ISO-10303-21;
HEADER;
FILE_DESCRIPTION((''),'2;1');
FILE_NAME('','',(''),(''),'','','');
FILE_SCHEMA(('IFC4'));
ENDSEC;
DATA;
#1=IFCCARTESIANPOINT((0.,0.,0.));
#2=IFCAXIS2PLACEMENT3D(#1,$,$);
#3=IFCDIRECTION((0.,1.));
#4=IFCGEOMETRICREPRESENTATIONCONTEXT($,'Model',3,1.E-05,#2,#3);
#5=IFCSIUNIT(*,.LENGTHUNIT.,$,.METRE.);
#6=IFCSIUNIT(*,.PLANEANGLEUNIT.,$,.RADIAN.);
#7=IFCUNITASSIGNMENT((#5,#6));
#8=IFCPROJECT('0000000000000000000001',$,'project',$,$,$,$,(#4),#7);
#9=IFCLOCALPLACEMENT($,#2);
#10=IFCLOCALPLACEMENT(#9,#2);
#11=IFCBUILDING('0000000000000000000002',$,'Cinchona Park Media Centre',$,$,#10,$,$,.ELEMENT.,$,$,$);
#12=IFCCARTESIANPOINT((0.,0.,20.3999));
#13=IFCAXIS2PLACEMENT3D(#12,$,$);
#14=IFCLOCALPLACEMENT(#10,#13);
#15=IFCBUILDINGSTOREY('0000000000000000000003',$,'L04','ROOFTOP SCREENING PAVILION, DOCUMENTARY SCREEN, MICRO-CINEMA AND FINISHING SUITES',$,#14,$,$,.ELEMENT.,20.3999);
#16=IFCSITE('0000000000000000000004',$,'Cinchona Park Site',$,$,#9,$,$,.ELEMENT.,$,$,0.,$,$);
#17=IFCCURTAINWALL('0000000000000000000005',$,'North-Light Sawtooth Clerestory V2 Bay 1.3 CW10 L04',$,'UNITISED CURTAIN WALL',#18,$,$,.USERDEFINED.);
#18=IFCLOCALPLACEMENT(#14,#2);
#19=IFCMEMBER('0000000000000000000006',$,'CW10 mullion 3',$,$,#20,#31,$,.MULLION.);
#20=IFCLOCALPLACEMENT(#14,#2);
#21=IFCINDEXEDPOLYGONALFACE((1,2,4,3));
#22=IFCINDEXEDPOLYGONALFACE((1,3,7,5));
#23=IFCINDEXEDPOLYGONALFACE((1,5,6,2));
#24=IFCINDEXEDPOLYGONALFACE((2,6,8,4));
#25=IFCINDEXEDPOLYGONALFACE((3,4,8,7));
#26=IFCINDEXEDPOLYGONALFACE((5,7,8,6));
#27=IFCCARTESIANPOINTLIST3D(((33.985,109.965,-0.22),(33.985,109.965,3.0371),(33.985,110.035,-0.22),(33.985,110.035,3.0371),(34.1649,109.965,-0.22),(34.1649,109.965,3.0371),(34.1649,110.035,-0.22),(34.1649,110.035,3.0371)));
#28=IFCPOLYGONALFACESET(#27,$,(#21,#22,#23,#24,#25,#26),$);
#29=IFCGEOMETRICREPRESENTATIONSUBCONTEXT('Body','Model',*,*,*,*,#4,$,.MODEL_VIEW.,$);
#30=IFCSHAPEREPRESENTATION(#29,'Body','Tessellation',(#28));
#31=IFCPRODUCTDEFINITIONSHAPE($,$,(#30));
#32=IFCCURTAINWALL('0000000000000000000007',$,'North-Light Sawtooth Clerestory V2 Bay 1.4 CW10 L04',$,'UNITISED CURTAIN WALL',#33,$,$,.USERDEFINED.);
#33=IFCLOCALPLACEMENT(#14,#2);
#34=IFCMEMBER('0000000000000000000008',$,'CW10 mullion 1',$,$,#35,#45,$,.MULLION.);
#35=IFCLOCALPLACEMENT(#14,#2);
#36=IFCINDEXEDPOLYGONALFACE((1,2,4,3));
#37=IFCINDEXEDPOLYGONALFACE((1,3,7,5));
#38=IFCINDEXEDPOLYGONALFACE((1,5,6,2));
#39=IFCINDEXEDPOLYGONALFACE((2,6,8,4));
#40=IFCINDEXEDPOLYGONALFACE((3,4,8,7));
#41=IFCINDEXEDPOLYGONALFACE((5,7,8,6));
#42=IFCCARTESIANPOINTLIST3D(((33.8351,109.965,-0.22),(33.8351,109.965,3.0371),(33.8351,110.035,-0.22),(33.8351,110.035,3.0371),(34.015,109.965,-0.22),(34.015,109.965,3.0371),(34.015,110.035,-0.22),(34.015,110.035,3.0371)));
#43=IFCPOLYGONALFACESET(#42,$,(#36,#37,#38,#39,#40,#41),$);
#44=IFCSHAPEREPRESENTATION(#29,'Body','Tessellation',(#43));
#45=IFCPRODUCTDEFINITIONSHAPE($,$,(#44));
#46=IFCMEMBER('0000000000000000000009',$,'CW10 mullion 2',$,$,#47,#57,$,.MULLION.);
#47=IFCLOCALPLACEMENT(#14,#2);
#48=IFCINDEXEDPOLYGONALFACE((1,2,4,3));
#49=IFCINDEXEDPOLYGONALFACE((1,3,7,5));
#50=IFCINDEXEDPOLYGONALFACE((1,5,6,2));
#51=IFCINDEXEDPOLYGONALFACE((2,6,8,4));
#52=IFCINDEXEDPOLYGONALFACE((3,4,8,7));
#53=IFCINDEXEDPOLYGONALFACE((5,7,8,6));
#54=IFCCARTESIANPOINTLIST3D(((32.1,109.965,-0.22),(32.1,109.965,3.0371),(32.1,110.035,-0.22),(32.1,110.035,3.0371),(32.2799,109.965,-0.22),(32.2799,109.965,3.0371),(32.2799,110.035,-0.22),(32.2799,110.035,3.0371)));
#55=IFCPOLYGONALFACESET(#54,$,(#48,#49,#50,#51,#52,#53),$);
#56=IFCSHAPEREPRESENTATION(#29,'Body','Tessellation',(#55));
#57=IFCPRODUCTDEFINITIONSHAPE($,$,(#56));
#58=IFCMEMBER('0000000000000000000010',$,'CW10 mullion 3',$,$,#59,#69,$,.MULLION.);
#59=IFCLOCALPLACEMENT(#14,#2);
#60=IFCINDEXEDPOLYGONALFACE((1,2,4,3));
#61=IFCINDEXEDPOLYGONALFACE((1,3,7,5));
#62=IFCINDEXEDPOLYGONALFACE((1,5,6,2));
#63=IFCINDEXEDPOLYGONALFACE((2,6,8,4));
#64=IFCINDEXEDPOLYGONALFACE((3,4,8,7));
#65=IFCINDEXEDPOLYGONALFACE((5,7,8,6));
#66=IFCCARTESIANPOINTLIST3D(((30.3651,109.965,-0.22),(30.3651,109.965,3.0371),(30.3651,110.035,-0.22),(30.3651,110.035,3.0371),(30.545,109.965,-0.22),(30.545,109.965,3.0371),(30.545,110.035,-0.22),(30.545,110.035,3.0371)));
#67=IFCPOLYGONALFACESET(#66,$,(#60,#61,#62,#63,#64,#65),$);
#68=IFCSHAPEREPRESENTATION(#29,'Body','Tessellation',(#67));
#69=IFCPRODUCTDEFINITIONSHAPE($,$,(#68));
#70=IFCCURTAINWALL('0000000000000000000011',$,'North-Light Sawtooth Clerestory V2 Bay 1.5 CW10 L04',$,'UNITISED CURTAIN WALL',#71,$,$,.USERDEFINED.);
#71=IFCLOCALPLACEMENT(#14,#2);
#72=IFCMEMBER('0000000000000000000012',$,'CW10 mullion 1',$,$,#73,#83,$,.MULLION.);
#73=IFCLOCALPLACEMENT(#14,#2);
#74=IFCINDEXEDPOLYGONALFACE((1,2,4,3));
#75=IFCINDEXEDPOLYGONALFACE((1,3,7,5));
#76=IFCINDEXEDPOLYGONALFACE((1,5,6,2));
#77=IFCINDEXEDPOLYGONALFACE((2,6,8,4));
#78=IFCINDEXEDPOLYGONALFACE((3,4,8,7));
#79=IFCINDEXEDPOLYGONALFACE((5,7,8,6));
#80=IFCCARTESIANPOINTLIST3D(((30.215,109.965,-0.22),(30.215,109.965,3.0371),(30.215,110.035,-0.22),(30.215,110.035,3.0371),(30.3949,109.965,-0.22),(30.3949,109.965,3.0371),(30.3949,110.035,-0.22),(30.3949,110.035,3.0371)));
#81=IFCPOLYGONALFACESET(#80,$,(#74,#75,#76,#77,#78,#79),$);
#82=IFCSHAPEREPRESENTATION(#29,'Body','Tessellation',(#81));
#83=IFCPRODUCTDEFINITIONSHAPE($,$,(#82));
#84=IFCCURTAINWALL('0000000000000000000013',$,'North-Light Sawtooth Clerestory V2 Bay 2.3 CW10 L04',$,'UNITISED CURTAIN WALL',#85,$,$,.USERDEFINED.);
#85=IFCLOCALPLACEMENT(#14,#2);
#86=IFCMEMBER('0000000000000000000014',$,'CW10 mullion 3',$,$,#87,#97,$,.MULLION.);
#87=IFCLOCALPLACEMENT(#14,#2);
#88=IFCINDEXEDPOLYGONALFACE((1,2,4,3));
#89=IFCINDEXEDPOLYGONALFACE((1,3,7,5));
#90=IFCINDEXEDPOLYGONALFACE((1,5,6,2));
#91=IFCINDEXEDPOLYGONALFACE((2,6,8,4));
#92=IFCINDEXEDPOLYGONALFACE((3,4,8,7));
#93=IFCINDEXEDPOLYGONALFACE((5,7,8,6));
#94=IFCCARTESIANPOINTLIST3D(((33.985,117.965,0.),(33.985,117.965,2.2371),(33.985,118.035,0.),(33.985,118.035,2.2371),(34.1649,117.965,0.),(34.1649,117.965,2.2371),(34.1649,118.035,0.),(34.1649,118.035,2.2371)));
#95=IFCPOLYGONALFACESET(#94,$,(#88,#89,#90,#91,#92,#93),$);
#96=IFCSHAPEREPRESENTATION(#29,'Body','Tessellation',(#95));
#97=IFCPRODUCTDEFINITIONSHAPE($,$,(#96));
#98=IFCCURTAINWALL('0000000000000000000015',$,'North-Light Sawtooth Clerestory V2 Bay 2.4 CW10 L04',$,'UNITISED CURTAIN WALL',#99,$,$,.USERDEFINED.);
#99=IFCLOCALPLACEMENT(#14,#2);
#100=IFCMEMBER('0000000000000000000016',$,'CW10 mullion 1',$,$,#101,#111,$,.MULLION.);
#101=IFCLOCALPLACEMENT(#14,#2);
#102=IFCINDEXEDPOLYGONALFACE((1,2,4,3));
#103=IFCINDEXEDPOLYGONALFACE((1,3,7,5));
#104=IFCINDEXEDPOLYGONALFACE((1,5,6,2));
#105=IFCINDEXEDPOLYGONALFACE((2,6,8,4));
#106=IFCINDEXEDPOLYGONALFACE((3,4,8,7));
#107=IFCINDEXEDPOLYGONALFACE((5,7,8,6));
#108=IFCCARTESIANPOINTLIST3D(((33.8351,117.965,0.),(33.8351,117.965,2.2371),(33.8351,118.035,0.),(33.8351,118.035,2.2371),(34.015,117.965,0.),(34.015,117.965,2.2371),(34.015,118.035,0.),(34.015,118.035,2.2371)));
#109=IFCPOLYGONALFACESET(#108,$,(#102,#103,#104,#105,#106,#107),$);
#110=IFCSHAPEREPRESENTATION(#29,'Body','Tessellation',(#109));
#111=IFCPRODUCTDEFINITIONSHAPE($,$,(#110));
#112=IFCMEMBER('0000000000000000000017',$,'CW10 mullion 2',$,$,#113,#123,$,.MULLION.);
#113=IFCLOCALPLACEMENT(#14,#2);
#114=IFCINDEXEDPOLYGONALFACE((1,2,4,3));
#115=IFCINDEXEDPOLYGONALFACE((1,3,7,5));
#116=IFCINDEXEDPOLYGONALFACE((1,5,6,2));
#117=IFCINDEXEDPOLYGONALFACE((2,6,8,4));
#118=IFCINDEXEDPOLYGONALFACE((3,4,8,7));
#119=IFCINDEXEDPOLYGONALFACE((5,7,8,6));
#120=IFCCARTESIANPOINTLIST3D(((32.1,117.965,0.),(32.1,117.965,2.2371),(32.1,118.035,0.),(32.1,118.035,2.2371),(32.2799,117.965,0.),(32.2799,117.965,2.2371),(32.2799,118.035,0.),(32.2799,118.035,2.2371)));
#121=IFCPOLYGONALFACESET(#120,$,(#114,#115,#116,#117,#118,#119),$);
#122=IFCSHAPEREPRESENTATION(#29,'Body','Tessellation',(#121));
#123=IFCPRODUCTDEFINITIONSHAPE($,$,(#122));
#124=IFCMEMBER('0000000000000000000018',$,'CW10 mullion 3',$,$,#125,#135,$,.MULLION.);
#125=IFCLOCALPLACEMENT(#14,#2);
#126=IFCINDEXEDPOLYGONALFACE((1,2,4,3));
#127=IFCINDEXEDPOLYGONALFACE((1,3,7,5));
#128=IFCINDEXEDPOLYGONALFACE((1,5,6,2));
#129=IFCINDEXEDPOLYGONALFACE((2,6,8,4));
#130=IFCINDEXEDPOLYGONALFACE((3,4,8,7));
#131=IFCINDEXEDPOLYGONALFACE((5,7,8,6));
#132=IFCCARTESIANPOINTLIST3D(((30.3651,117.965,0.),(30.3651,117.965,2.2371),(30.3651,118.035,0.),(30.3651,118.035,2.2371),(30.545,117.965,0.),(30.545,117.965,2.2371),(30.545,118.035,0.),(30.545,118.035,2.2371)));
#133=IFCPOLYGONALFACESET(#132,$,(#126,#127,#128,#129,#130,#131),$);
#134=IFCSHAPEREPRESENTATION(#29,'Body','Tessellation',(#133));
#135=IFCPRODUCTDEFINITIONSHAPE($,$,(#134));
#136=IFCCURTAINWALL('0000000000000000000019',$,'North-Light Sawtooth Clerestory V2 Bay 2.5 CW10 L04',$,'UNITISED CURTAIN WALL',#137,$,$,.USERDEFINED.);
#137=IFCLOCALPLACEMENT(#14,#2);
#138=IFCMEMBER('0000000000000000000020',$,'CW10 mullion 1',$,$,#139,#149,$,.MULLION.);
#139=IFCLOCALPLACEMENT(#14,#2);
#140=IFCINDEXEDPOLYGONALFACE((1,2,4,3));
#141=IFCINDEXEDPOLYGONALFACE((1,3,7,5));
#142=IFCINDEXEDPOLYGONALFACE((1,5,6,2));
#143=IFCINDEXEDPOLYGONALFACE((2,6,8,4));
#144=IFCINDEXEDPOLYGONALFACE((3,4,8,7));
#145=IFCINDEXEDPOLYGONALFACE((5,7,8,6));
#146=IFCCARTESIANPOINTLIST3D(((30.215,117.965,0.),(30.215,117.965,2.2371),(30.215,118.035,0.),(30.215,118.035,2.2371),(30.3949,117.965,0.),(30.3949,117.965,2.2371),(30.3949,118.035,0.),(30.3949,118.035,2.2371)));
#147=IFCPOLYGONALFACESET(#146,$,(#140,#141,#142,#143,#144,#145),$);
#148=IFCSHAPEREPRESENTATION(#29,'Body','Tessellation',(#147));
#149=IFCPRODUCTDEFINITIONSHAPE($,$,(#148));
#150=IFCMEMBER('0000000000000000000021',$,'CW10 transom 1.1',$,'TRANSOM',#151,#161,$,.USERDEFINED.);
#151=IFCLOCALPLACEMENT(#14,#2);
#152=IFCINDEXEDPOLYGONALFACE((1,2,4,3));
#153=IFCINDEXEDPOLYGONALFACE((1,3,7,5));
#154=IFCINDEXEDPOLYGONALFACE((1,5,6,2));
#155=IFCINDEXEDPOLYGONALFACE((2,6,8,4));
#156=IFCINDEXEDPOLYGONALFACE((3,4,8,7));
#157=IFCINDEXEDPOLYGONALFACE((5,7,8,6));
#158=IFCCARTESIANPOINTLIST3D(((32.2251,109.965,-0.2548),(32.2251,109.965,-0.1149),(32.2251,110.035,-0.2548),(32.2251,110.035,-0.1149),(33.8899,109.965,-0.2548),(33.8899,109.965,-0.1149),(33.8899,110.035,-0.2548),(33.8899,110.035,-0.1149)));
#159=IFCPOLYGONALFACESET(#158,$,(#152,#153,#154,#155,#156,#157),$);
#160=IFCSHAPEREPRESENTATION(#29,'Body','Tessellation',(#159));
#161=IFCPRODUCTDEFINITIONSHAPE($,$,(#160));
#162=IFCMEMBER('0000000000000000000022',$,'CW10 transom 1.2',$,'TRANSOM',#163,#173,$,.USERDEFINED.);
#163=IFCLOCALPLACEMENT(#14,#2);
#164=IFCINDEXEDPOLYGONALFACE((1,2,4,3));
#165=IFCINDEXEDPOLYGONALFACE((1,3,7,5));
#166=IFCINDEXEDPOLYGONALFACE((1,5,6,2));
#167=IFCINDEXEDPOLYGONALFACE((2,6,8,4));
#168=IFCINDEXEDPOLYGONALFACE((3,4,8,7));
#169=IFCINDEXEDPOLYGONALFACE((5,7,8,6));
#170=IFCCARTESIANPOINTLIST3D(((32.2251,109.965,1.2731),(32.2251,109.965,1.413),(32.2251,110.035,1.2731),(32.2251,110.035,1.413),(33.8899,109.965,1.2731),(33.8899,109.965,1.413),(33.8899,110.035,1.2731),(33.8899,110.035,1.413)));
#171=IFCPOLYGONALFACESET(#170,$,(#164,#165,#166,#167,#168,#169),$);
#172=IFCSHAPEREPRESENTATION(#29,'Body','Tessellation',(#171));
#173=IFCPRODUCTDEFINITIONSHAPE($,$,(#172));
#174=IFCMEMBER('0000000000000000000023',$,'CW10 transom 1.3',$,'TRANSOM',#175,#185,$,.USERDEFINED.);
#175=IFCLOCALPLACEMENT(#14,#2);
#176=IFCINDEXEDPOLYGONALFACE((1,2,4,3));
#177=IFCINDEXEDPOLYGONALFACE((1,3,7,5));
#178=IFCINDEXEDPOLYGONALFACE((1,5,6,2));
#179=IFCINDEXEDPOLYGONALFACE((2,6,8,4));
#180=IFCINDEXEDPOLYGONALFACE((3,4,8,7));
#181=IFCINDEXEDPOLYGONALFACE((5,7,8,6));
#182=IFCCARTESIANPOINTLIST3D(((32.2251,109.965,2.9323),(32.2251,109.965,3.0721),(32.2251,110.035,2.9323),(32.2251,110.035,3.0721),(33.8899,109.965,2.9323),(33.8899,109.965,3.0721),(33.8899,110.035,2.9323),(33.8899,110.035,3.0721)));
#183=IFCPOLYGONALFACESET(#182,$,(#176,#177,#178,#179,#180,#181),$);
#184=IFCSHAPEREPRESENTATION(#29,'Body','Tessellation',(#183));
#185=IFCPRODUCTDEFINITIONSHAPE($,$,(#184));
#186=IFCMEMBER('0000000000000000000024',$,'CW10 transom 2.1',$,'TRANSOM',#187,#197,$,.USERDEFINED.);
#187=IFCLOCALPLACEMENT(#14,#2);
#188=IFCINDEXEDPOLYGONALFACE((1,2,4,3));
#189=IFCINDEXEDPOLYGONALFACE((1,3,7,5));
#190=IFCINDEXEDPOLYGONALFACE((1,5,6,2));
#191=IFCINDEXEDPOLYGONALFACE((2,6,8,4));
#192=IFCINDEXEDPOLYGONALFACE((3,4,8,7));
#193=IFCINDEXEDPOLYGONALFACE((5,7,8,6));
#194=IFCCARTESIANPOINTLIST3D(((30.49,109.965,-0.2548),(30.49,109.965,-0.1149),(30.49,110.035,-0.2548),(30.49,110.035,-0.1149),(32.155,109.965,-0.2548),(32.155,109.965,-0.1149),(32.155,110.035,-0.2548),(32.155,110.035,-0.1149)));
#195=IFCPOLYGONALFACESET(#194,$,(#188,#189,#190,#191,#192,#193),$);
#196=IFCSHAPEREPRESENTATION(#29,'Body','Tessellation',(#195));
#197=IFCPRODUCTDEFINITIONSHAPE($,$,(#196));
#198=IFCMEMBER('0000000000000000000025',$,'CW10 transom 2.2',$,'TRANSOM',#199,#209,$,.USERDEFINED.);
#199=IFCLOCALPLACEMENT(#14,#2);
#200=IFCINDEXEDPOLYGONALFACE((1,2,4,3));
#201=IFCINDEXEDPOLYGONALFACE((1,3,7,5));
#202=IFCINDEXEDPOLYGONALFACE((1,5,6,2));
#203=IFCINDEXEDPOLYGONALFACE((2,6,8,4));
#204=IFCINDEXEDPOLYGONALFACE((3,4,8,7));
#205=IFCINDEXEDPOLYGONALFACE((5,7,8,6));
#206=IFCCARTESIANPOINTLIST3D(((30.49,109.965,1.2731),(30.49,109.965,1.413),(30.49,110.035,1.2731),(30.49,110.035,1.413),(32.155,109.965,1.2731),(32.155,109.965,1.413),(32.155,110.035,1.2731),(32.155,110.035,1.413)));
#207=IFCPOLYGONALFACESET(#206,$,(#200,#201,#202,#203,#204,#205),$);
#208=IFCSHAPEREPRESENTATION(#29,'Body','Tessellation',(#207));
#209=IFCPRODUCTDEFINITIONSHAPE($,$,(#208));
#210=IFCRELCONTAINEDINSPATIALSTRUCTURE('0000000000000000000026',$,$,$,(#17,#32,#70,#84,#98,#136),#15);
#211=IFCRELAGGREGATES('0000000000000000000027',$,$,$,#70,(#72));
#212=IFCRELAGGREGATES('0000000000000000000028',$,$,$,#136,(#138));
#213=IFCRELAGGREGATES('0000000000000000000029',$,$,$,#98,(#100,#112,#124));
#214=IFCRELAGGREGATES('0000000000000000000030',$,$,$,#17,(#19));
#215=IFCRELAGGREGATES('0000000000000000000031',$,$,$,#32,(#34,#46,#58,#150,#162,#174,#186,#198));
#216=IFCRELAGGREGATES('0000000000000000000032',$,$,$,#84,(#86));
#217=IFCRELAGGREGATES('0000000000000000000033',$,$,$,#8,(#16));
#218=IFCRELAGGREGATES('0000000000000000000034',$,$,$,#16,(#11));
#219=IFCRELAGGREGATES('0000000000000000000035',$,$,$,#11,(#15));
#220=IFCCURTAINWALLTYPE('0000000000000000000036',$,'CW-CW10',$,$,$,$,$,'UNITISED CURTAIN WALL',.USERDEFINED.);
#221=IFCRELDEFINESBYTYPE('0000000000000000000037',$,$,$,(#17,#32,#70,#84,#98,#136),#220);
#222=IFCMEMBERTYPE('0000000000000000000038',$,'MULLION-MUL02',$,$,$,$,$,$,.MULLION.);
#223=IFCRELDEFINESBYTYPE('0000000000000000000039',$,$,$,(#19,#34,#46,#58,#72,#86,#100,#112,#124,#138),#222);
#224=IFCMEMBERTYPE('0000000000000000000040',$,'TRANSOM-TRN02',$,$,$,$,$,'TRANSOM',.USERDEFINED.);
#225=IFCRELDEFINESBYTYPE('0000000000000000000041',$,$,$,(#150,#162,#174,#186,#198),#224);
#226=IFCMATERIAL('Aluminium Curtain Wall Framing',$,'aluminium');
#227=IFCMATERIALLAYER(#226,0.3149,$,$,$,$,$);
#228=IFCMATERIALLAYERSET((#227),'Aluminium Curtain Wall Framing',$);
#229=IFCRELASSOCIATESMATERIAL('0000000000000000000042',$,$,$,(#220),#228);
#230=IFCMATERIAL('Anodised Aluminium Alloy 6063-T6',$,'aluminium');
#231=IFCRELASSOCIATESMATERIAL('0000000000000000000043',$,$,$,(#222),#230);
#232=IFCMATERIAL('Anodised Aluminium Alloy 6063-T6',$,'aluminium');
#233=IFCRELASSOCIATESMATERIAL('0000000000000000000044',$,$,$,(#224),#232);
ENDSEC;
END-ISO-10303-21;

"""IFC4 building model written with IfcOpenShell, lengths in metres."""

from ifc_helpers import new_model, si_unit, direction, frame, origin, origin_2d, place, context, subcontext, project, spatial, rectangle, extrude, material, layer, layer_set, material_profile, profile_set, type_object, element, aggregate, save


model = new_model("IFC4")

# Units and contexts
model_context = context("Model", 3, precision=1e-05, world=origin(), true_north=direction((0.0, 1.0)))
body_context = subcontext(model_context, "Body", "Model", "MODEL_VIEW")
ifc_project = project(units=[si_unit("LENGTHUNIT", "METRE"), si_unit("PLANEANGLEUNIT", "RADIAN")], contexts=[model_context])

# Site, building, storey
site_placement = place(None, origin())
site = spatial("IfcSite", under=ifc_project, at=site_placement, Name="Cinchona Park Site", CompositionType="ELEMENT", RefElevation=0.0)
building_placement = place(site_placement, origin())
building = spatial("IfcBuilding", under=site, at=building_placement, Name="Cinchona Park Media Centre", CompositionType="ELEMENT")
storey_placement = place(building_placement, frame((0.0, 0.0, 20.3999)))
storey = spatial("IfcBuildingStorey", under=building, at=storey_placement, Name="L04", Description="ROOFTOP SCREENING PAVILION, DOCUMENTARY SCREEN, MICRO-CINEMA AND FINISHING SUITES", CompositionType="ELEMENT", Elevation=20.3999)

# Curtain wall, member
ifc_material_1 = material(Name="Aluminium Curtain Wall Framing", Category="aluminium")
ifc_layer_1 = layer(ifc_material_1, 0.3149)
ifc_layer_set_1 = layer_set([ifc_layer_1], Name="Aluminium Curtain Wall Framing")
curtain_wall_type = type_object("IfcCurtainWallType", Name="CW-CW10", ElementType="UNITISED CURTAIN WALL", PredefinedType="USERDEFINED", material=ifc_layer_set_1)
curtain_wall_1_placement = place(storey_placement, origin())
curtain_wall_1 = element("IfcCurtainWall", 1, at=curtain_wall_1_placement, inside=storey, type_object=curtain_wall_type, Name="North-Light Sawtooth Clerestory V2 Bay 1.3 CW10 L04", ObjectType="UNITISED CURTAIN WALL", PredefinedType="USERDEFINED")
ifc_material_2 = material(Name="Anodised Aluminium Alloy 6063-T6", Category="aluminium")
ifc_material_profile_1 = material_profile(ifc_material_2, rectangle(XDim=0.0701, YDim=0.1799, at=origin_2d()), Name="MUL-70X180")
ifc_profile_set_1 = profile_set([ifc_material_profile_1], Name="Anodised Aluminium Alloy 6063-T6")
member_type_1 = type_object("IfcMemberType", Name="MULLION-MUL02", PredefinedType="MULLION", material=ifc_profile_set_1)
member_1_placement = place(storey_placement, frame((34.075, 110.0, -0.22), z_axis=(0.0, 0.0, 1.0), x_axis=(0.0, -1.0, 0.0)))
member_1 = element("IfcMember", 2, at=member_1_placement, type_object=member_type_1, Name="CW10 mullion 3", PredefinedType="MULLION", context=body_context, shape_type="SweptSolid", body=[
    extrude(rectangle(XDim=0.0701, YDim=0.1799, at=origin_2d()), origin(), (0.0, 0.0, 1.0), 3.2571),
])

# Curtain wall, members
curtain_wall_2_placement = place(storey_placement, origin())
curtain_wall_2 = element("IfcCurtainWall", 3, at=curtain_wall_2_placement, inside=storey, type_object=curtain_wall_type, Name="North-Light Sawtooth Clerestory V2 Bay 1.4 CW10 L04", ObjectType="UNITISED CURTAIN WALL", PredefinedType="USERDEFINED")
member_2_placement = place(storey_placement, frame((33.925, 110.0, -0.22), z_axis=(0.0, 0.0, 1.0), x_axis=(0.0, -1.0, 0.0)))
member_2 = element("IfcMember", 4, at=member_2_placement, type_object=member_type_1, Name="CW10 mullion 1", PredefinedType="MULLION", context=body_context, shape_type="SweptSolid", body=[
    extrude(rectangle(XDim=0.0701, YDim=0.1799, at=origin_2d()), origin(), (0.0, 0.0, 1.0), 3.2571),
])
member_3_placement = place(storey_placement, frame((32.1899, 110.0, -0.22), z_axis=(0.0, 0.0, 1.0), x_axis=(0.0, -1.0, 0.0)))
member_3 = element("IfcMember", 5, at=member_3_placement, type_object=member_type_1, Name="CW10 mullion 2", PredefinedType="MULLION", context=body_context, shape_type="SweptSolid", body=[
    extrude(rectangle(XDim=0.0701, YDim=0.1799, at=origin_2d()), origin(), (0.0, 0.0, 1.0), 3.2571),
])
member_4_placement = place(storey_placement, frame((30.4551, 110.0, -0.22), z_axis=(0.0, 0.0, 1.0), x_axis=(0.0, -1.0, 0.0)))
member_4 = element("IfcMember", 6, at=member_4_placement, type_object=member_type_1, Name="CW10 mullion 3", PredefinedType="MULLION", context=body_context, shape_type="SweptSolid", body=[
    extrude(rectangle(XDim=0.0701, YDim=0.1799, at=origin_2d()), origin(), (0.0, 0.0, 1.0), 3.2571),
])

# Curtain walls, members
curtain_wall_3_placement = place(storey_placement, origin())
curtain_wall_3 = element("IfcCurtainWall", 7, at=curtain_wall_3_placement, inside=storey, type_object=curtain_wall_type, Name="North-Light Sawtooth Clerestory V2 Bay 1.5 CW10 L04", ObjectType="UNITISED CURTAIN WALL", PredefinedType="USERDEFINED")
member_5_placement = place(storey_placement, frame((30.3049, 110.0, -0.22), z_axis=(0.0, 0.0, 1.0), x_axis=(0.0, -1.0, 0.0)))
member_5 = element("IfcMember", 8, at=member_5_placement, type_object=member_type_1, Name="CW10 mullion 1", PredefinedType="MULLION", context=body_context, shape_type="SweptSolid", body=[
    extrude(rectangle(XDim=0.0701, YDim=0.1799, at=origin_2d()), origin(), (0.0, 0.0, 1.0), 3.2571),
])
aggregate(curtain_wall_3, [member_5])
curtain_wall_4_placement = place(storey_placement, origin())
curtain_wall_4 = element("IfcCurtainWall", 9, at=curtain_wall_4_placement, inside=storey, type_object=curtain_wall_type, Name="North-Light Sawtooth Clerestory V2 Bay 2.3 CW10 L04", ObjectType="UNITISED CURTAIN WALL", PredefinedType="USERDEFINED")
member_6_placement = place(storey_placement, frame((34.075, 118.0, 0.0), z_axis=(0.0, 0.0, 1.0), x_axis=(0.0, -1.0, 0.0)))
member_6 = element("IfcMember", 10, at=member_6_placement, type_object=member_type_1, Name="CW10 mullion 3", PredefinedType="MULLION", context=body_context, shape_type="SweptSolid", body=[
    extrude(rectangle(XDim=0.0701, YDim=0.1799, at=origin_2d()), origin(), (0.0, 0.0, 1.0), 2.2371),
])

# Curtain wall, members
curtain_wall_5_placement = place(storey_placement, origin())
curtain_wall_5 = element("IfcCurtainWall", 11, at=curtain_wall_5_placement, inside=storey, type_object=curtain_wall_type, Name="North-Light Sawtooth Clerestory V2 Bay 2.4 CW10 L04", ObjectType="UNITISED CURTAIN WALL", PredefinedType="USERDEFINED")
member_7_placement = place(storey_placement, frame((33.925, 118.0, 0.0), z_axis=(0.0, 0.0, 1.0), x_axis=(0.0, -1.0, 0.0)))
member_7 = element("IfcMember", 12, at=member_7_placement, type_object=member_type_1, Name="CW10 mullion 1", PredefinedType="MULLION", context=body_context, shape_type="SweptSolid", body=[
    extrude(rectangle(XDim=0.0701, YDim=0.1799, at=origin_2d()), origin(), (0.0, 0.0, 1.0), 2.2371),
])
member_8_placement = place(storey_placement, frame((32.1899, 118.0, 0.0), z_axis=(0.0, 0.0, 1.0), x_axis=(0.0, -1.0, 0.0)))
member_8 = element("IfcMember", 13, at=member_8_placement, type_object=member_type_1, Name="CW10 mullion 2", PredefinedType="MULLION", context=body_context, shape_type="SweptSolid", body=[
    extrude(rectangle(XDim=0.0701, YDim=0.1799, at=origin_2d()), origin(), (0.0, 0.0, 1.0), 2.2371),
])
member_9_placement = place(storey_placement, frame((30.4551, 118.0, 0.0), z_axis=(0.0, 0.0, 1.0), x_axis=(0.0, -1.0, 0.0)))
member_9 = element("IfcMember", 14, at=member_9_placement, type_object=member_type_1, Name="CW10 mullion 3", PredefinedType="MULLION", context=body_context, shape_type="SweptSolid", body=[
    extrude(rectangle(XDim=0.0701, YDim=0.1799, at=origin_2d()), origin(), (0.0, 0.0, 1.0), 2.2371),
])

# Curtain wall, member
curtain_wall_6_placement = place(storey_placement, origin())
curtain_wall_6 = element("IfcCurtainWall", 15, at=curtain_wall_6_placement, inside=storey, type_object=curtain_wall_type, Name="North-Light Sawtooth Clerestory V2 Bay 2.5 CW10 L04", ObjectType="UNITISED CURTAIN WALL", PredefinedType="USERDEFINED")
member_10_placement = place(storey_placement, frame((30.3049, 118.0, 0.0), z_axis=(0.0, 0.0, 1.0), x_axis=(0.0, -1.0, 0.0)))
member_10 = element("IfcMember", 16, at=member_10_placement, type_object=member_type_1, Name="CW10 mullion 1", PredefinedType="MULLION", context=body_context, shape_type="SweptSolid", body=[
    extrude(rectangle(XDim=0.0701, YDim=0.1799, at=origin_2d()), origin(), (0.0, 0.0, 1.0), 2.2371),
])
aggregate(curtain_wall_6, [member_10])

# Members
ifc_material_3 = material(Name="Anodised Aluminium Alloy 6063-T6", Category="aluminium")
ifc_material_profile_2 = material_profile(ifc_material_3, rectangle(XDim=0.0701, YDim=0.1399, at=origin_2d()), Name="TRN-70X140")
ifc_profile_set_2 = profile_set([ifc_material_profile_2], Name="Anodised Aluminium Alloy 6063-T6")
member_type_2 = type_object("IfcMemberType", Name="TRANSOM-TRN02", ElementType="TRANSOM", PredefinedType="USERDEFINED", material=ifc_profile_set_2)
member_11_placement = place(storey_placement, frame((33.8899, 110.0, -0.1848), z_axis=(-1.0, 0.0, 0.0), x_axis=(0.0, -1.0, 0.0)))
member_11 = element("IfcMember", 17, at=member_11_placement, type_object=member_type_2, Name="CW10 transom 1.1", ObjectType="TRANSOM", PredefinedType="USERDEFINED", context=body_context, shape_type="SweptSolid", body=[
    extrude(rectangle(XDim=0.0701, YDim=0.1399, at=origin_2d()), origin(), (0.0, 0.0, 1.0), 1.6648),
])
member_12_placement = place(storey_placement, frame((33.8899, 110.0, 1.343), z_axis=(-1.0, 0.0, 0.0), x_axis=(0.0, -1.0, 0.0)))
member_12 = element("IfcMember", 18, at=member_12_placement, type_object=member_type_2, Name="CW10 transom 1.2", ObjectType="TRANSOM", PredefinedType="USERDEFINED", context=body_context, shape_type="SweptSolid", body=[
    extrude(rectangle(XDim=0.0701, YDim=0.1399, at=origin_2d()), origin(), (0.0, 0.0, 1.0), 1.6648),
])
member_13_placement = place(storey_placement, frame((33.8899, 110.0, 3.0022), z_axis=(-1.0, 0.0, 0.0), x_axis=(0.0, -1.0, 0.0)))
member_13 = element("IfcMember", 19, at=member_13_placement, type_object=member_type_2, Name="CW10 transom 1.3", ObjectType="TRANSOM", PredefinedType="USERDEFINED", context=body_context, shape_type="SweptSolid", body=[
    extrude(rectangle(XDim=0.0701, YDim=0.1399, at=origin_2d()), origin(), (0.0, 0.0, 1.0), 1.6648),
])
member_14_placement = place(storey_placement, frame((32.155, 110.0, -0.1848), z_axis=(-1.0, 0.0, 0.0), x_axis=(0.0, -1.0, 0.0)))
member_14 = element("IfcMember", 20, at=member_14_placement, type_object=member_type_2, Name="CW10 transom 2.1", ObjectType="TRANSOM", PredefinedType="USERDEFINED", context=body_context, shape_type="SweptSolid", body=[
    extrude(rectangle(XDim=0.0701, YDim=0.1399, at=origin_2d()), origin(), (0.0, 0.0, 1.0), 1.665),
])
member_15_placement = place(storey_placement, frame((32.155, 110.0, 1.343), z_axis=(-1.0, 0.0, 0.0), x_axis=(0.0, -1.0, 0.0)))
member_15 = element("IfcMember", 21, at=member_15_placement, type_object=member_type_2, Name="CW10 transom 2.2", ObjectType="TRANSOM", PredefinedType="USERDEFINED", context=body_context, shape_type="SweptSolid", body=[
    extrude(rectangle(XDim=0.0701, YDim=0.1399, at=origin_2d()), origin(), (0.0, 0.0, 1.0), 1.665),
])

aggregate(curtain_wall_5, [member_7, member_8, member_9])
aggregate(curtain_wall_1, [member_1])
aggregate(curtain_wall_2, [member_2, member_3, member_4, member_11, member_12, member_13, member_14, member_15])
aggregate(curtain_wall_4, [member_6])

save(model, "model.ifc")
